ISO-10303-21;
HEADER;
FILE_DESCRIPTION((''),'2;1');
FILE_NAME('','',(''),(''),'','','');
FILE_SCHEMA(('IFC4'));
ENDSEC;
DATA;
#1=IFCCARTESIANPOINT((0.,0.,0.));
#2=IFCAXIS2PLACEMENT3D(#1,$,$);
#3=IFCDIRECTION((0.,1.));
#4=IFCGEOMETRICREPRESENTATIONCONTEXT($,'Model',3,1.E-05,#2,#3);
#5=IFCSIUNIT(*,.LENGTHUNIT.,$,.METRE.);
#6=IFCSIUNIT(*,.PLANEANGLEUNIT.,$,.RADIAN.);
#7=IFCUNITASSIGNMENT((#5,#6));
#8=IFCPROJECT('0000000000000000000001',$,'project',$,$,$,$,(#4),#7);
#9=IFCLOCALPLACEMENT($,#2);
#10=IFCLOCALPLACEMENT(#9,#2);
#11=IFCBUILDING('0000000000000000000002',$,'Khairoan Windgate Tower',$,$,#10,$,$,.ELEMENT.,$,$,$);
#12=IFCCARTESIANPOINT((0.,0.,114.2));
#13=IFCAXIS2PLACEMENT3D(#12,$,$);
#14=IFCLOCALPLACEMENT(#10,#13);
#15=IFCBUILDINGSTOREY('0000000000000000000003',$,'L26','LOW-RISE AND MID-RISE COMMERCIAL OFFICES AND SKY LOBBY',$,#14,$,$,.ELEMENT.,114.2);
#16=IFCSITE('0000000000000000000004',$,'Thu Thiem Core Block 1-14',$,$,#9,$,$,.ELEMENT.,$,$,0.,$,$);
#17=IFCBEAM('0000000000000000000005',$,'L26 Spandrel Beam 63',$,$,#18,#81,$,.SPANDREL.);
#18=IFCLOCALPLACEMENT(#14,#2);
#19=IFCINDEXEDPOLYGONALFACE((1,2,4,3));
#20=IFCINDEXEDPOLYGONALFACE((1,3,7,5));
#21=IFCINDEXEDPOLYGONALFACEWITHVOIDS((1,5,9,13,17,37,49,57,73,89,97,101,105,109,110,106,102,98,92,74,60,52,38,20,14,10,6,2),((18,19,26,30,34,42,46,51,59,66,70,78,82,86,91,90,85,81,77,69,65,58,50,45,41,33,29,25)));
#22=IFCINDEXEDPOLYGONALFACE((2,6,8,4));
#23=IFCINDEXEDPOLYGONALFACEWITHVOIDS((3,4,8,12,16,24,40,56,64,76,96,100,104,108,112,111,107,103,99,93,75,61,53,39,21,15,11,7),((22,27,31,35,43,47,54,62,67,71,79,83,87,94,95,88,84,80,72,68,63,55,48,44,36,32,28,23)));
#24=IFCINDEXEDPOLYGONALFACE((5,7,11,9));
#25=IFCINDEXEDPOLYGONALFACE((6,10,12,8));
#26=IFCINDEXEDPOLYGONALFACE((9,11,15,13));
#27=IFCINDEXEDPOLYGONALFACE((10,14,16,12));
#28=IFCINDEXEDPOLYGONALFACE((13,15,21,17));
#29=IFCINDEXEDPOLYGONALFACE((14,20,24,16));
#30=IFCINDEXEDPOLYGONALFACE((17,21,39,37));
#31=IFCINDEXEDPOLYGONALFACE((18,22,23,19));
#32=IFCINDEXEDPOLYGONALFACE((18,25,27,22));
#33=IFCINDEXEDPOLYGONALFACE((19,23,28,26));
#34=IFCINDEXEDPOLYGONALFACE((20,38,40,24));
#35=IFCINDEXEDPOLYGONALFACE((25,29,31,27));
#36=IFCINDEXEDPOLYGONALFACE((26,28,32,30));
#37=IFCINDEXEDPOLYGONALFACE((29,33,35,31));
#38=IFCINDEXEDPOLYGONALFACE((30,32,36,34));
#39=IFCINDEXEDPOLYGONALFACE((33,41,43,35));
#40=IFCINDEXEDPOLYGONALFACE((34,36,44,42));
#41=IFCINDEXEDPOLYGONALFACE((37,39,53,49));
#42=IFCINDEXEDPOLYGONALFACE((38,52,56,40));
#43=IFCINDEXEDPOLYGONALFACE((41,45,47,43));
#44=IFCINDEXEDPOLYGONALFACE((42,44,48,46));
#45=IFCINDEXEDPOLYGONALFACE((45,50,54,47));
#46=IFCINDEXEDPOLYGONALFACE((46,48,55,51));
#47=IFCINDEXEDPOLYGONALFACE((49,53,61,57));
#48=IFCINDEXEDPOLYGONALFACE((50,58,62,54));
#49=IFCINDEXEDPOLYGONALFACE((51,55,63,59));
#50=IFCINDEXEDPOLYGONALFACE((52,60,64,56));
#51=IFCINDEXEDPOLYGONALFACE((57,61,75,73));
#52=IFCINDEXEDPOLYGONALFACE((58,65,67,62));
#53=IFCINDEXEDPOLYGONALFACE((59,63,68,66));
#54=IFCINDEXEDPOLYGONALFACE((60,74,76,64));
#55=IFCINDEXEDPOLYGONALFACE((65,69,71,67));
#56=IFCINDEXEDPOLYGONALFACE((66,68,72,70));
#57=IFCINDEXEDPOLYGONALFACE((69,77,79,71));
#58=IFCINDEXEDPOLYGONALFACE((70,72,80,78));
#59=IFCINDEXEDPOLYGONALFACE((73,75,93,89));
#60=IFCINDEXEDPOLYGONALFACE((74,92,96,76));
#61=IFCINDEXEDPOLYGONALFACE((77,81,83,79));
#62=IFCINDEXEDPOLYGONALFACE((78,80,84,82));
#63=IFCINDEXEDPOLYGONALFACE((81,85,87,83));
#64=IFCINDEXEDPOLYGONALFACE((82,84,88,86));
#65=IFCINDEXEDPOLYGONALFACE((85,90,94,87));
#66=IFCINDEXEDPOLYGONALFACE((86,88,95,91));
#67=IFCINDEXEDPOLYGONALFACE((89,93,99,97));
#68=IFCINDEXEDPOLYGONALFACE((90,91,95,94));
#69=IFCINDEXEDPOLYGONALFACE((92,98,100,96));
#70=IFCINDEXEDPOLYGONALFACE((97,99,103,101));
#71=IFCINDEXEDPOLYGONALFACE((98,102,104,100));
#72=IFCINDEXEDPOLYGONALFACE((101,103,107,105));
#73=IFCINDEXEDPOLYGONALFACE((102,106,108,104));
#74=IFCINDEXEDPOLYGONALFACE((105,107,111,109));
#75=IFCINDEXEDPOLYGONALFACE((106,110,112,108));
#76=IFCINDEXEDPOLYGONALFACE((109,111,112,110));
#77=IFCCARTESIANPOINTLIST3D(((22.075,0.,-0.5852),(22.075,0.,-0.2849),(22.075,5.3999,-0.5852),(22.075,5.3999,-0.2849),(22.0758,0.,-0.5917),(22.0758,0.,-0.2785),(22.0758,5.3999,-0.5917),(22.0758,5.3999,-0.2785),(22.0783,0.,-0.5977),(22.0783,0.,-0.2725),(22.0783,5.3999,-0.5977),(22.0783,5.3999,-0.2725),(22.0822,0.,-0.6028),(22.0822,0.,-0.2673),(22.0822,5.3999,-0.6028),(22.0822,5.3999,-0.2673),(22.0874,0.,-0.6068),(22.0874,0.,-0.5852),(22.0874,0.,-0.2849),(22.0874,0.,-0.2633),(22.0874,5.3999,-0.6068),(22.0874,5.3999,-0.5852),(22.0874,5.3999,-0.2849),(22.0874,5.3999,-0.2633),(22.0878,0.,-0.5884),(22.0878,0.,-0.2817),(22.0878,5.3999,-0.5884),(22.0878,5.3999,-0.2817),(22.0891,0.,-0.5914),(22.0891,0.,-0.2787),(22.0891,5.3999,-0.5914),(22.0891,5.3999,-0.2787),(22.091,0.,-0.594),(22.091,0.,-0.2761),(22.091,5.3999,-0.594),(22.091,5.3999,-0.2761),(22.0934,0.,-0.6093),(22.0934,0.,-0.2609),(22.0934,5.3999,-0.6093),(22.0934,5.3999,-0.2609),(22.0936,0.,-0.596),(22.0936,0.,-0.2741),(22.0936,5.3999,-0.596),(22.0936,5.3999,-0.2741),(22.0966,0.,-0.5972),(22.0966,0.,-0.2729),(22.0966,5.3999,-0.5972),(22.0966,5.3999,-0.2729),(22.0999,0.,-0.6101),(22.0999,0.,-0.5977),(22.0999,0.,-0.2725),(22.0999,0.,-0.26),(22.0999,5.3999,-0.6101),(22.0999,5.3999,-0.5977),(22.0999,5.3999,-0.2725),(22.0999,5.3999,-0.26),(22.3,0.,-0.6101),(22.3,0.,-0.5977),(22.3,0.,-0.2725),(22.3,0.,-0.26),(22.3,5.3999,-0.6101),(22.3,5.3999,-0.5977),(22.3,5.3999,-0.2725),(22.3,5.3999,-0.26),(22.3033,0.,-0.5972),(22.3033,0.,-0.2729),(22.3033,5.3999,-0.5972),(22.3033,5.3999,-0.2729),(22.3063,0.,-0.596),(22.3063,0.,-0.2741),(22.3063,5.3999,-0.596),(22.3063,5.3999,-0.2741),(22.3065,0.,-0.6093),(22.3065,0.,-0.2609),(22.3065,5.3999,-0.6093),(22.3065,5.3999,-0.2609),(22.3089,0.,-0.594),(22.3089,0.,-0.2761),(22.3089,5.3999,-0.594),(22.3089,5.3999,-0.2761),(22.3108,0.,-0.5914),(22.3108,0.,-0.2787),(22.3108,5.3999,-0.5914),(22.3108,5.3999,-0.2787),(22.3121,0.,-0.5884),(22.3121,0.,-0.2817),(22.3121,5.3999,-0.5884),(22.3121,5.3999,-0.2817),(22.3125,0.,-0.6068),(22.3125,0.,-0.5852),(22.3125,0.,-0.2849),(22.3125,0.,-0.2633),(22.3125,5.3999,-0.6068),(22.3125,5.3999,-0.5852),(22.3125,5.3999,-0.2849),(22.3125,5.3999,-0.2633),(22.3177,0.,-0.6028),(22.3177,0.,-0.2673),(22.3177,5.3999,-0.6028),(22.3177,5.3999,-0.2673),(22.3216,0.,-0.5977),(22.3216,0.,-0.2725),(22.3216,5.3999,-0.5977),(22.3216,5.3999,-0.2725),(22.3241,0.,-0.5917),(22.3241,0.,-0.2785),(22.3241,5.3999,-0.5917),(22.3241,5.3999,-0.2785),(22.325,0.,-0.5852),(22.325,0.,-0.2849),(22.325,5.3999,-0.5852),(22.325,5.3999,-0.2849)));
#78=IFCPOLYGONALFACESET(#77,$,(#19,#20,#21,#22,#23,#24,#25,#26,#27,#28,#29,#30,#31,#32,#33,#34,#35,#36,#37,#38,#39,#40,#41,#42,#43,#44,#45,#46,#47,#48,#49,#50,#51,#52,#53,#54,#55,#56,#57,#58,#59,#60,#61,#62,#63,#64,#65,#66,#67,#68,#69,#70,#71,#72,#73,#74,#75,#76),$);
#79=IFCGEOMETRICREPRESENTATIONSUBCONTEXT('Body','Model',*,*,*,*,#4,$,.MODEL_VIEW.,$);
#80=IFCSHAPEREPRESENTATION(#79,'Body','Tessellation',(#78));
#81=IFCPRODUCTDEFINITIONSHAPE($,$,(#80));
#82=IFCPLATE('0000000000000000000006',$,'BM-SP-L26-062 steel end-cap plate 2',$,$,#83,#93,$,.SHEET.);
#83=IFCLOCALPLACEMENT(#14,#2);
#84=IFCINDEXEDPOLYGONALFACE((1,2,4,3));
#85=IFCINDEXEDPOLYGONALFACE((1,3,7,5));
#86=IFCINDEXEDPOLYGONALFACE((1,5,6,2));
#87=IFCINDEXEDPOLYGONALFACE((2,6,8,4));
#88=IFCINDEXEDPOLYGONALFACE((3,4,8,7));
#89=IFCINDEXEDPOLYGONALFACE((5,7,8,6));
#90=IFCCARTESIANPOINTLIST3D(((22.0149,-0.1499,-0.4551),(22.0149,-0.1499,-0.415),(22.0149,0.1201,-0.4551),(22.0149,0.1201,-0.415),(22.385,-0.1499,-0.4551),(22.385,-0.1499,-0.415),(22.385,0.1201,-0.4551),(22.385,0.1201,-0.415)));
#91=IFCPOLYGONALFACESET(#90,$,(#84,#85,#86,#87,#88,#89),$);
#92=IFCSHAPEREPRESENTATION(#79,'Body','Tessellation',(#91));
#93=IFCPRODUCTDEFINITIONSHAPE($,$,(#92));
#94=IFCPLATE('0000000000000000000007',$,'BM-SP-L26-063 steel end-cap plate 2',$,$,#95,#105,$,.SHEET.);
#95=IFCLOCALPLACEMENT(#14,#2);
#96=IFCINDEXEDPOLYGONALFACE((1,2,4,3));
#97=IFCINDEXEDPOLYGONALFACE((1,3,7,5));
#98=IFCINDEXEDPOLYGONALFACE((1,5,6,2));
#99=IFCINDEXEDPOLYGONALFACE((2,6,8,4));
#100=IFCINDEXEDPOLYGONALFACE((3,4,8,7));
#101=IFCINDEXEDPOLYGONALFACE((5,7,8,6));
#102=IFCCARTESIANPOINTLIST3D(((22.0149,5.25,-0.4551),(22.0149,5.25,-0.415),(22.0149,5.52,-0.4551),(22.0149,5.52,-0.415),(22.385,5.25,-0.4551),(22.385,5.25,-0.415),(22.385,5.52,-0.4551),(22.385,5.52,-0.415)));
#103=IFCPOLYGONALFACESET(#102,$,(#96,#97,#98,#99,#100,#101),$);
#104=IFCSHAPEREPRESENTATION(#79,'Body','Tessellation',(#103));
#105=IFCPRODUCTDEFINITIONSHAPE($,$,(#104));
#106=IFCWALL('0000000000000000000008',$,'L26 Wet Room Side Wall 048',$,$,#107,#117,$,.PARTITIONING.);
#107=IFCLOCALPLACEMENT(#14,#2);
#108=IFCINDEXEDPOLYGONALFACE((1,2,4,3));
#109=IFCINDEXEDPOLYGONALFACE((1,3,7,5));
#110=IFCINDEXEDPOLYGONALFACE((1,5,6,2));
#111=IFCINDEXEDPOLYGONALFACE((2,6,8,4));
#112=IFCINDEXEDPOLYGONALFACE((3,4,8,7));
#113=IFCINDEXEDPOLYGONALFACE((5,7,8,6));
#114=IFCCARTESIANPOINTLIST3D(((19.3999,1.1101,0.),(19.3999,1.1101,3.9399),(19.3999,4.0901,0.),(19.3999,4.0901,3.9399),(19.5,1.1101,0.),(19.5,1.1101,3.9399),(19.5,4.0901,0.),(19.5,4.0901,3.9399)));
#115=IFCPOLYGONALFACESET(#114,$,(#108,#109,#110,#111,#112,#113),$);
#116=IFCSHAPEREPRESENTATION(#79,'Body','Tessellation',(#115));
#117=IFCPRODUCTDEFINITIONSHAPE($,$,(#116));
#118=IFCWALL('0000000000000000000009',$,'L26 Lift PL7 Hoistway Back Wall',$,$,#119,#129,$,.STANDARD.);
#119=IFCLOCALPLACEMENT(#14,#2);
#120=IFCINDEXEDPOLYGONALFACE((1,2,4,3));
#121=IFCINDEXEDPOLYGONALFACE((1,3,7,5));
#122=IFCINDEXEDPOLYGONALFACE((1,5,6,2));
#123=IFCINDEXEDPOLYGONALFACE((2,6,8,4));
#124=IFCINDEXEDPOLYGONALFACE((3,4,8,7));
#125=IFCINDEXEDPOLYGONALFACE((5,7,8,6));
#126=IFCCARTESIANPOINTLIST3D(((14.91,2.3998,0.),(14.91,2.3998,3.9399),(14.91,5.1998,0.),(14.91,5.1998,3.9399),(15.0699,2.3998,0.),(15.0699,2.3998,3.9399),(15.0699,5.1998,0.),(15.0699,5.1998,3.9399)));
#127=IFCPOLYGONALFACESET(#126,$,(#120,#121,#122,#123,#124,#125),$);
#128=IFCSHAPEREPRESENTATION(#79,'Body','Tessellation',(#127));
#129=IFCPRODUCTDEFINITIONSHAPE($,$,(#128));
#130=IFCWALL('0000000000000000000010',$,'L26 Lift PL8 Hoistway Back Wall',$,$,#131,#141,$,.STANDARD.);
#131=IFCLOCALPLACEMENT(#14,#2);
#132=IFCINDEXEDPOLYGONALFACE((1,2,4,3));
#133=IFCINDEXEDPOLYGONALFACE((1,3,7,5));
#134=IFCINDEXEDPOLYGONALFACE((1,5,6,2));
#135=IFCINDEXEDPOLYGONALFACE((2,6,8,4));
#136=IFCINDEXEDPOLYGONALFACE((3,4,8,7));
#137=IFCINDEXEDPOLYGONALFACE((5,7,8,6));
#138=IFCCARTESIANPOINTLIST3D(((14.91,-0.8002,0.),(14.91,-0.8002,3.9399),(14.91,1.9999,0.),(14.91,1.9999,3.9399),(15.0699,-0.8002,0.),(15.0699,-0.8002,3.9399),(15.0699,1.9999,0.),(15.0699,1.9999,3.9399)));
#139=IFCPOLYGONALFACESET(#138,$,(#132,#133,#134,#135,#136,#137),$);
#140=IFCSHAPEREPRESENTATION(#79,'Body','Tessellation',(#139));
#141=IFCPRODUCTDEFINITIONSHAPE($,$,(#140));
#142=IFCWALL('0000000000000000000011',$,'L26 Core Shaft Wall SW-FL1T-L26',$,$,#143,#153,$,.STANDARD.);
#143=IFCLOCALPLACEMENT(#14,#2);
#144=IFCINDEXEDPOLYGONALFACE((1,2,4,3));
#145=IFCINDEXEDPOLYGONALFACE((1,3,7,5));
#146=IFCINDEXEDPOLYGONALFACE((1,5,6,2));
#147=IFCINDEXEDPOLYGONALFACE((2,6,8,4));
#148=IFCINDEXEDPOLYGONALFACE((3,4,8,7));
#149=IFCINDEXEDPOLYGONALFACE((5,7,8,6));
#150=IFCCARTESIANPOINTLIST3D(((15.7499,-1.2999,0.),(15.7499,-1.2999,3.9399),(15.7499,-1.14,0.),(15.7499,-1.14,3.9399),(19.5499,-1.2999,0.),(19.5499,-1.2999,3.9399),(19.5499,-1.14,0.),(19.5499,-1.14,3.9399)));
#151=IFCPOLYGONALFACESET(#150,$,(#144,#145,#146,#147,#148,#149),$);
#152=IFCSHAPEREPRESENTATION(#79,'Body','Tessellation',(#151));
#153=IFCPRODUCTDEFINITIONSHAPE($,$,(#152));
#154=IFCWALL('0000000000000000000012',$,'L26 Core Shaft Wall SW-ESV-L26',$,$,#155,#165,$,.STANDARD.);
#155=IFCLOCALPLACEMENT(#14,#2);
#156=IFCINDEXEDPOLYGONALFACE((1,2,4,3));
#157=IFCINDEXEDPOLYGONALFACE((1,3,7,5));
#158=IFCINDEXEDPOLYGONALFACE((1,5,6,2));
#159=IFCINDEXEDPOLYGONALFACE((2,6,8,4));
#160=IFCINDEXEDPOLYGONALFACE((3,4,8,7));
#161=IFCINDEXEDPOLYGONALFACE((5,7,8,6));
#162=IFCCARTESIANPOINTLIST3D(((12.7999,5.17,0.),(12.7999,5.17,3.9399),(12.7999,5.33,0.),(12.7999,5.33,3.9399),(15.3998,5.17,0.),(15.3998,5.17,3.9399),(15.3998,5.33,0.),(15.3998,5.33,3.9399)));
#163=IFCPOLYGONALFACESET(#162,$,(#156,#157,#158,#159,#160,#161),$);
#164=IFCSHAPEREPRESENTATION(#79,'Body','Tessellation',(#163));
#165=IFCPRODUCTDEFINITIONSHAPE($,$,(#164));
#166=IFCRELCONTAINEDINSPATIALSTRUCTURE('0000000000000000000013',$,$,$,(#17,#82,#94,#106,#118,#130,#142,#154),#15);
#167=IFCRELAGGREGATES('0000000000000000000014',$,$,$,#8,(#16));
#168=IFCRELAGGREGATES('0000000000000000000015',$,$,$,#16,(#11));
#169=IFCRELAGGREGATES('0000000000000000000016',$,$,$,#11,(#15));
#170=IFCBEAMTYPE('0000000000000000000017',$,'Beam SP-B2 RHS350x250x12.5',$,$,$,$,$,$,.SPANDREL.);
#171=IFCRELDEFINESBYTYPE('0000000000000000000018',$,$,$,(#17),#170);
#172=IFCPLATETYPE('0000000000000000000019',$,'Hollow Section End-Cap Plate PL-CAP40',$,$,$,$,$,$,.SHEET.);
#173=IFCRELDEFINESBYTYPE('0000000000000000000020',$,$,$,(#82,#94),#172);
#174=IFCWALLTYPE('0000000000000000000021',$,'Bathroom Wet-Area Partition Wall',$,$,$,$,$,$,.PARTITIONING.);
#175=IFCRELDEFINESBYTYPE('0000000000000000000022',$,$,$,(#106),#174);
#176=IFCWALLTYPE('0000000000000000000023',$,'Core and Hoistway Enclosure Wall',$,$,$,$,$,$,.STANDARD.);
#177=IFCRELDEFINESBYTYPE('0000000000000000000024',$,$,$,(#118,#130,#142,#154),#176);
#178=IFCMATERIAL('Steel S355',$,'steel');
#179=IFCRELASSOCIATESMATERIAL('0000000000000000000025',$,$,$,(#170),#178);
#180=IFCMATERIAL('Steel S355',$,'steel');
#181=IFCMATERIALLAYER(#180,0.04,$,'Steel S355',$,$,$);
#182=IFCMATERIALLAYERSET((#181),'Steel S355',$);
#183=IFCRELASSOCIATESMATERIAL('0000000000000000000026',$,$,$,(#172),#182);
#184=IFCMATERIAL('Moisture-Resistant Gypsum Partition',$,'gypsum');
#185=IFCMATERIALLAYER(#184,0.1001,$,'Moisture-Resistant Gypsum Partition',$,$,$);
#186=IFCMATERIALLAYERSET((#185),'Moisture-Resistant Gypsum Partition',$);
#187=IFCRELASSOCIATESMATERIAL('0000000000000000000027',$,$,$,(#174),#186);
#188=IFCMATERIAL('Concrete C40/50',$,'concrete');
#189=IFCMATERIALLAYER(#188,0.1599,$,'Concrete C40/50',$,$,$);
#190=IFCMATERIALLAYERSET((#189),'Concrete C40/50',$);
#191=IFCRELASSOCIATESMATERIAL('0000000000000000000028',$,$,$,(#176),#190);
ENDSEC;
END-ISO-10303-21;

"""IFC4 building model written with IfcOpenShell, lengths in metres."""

from ifc_helpers import new_model, si_unit, direction, frame, frame_2d, origin, origin_2d, place, context, subcontext, project, spatial, rectangle, hollow_rectangle, extrude, material, layer, layer_set, material_profile, profile_set, type_object, element, save


model = new_model("IFC4")

# Units and contexts
model_context = context("Model", 3, precision=1e-05, world=origin(), true_north=direction((0.0, 1.0)))
body_context = subcontext(model_context, "Body", "Model", "MODEL_VIEW")
ifc_project = project(units=[si_unit("LENGTHUNIT", "METRE"), si_unit("PLANEANGLEUNIT", "RADIAN")], contexts=[model_context])

# Site, building, storey
site_placement = place(None, origin())
site = spatial("IfcSite", under=ifc_project, at=site_placement, Name="Thu Thiem Core Block 1-14", CompositionType="ELEMENT", RefElevation=0.0)
building_placement = place(site_placement, origin())
building = spatial("IfcBuilding", under=site, at=building_placement, Name="Khairoan Windgate Tower", CompositionType="ELEMENT")
storey_placement = place(building_placement, frame((0.0, 0.0, 114.2)))
storey = spatial("IfcBuildingStorey", under=building, at=storey_placement, Name="L26", Description="LOW-RISE AND MID-RISE COMMERCIAL OFFICES AND SKY LOBBY", CompositionType="ELEMENT", Elevation=114.2)

# Beam
ifc_material_1 = material(Name="Steel S355", Category="steel")
ifc_material_profile_1 = material_profile(ifc_material_1, hollow_rectangle(XDim=0.25, YDim=0.3501, WallThickness=0.0125, InnerFilletRadius=0.0125, OuterFilletRadius=0.0249, at=origin_2d()))
ifc_profile_set_1 = profile_set([ifc_material_profile_1], Name="Steel S355")
beam_type_1 = type_object("IfcBeamType", Name="Beam SP-B2 RHS350x250x12.5", PredefinedType="SPANDREL", material=ifc_profile_set_1)
beam_1_placement = place(storey_placement, frame((22.2, 0.0, -0.4351), z_axis=(0.0, 1.0, 0.0), x_axis=(-1.0, 0.0, 0.0)))
element("IfcBeam", 1, at=beam_1_placement, inside=storey, type_object=beam_type_1, Name="L26 Spandrel Beam 63", PredefinedType="SPANDREL", context=body_context, shape_type="SweptSolid", body=[
    extrude(hollow_rectangle(XDim=0.25, YDim=0.3501, WallThickness=0.0125, InnerFilletRadius=0.0125, OuterFilletRadius=0.0249, at=origin_2d()), origin(), (0.0, 0.0, 1.0), 5.3999),
])

# Plates
ifc_material_2 = material(Name="Steel S355", Category="steel")
ifc_layer_1 = layer(ifc_material_2, 0.04, Name="Steel S355")
ifc_layer_set_1 = layer_set([ifc_layer_1], Name="Steel S355")
plate_type = type_object("IfcPlateType", Name="Hollow Section End-Cap Plate PL-CAP40", PredefinedType="SHEET", material=ifc_layer_set_1)
for number, where, z_axis, x_axis, name in (
    (2, (22.2, -0.0149, -0.4551), (0.0, 0.0, 1.0), (0.0, 1.0, 0.0), "BM-SP-L26-062 steel end-cap plate 2"),
    (3, (22.2, 5.385, -0.4551), (0.0, 0.0, 1.0), (0.0, 1.0, 0.0), "BM-SP-L26-063 steel end-cap plate 2"),
):
    element("IfcPlate", number, at=place(storey_placement, frame(where, z_axis=z_axis, x_axis=x_axis)), inside=storey, type_object=plate_type, Name=name, PredefinedType="SHEET", context=body_context, shape_type="SweptSolid", body=[
        extrude(rectangle(XDim=0.27, YDim=0.3701, at=origin_2d()), origin(), (0.0, 0.0, 1.0), 0.04),
    ])

# Walls
ifc_material_3 = material(Name="Moisture-Resistant Gypsum Partition", Category="gypsum")
ifc_layer_2 = layer(ifc_material_3, 0.1001, Name="Moisture-Resistant Gypsum Partition")
ifc_layer_set_2 = layer_set([ifc_layer_2], Name="Moisture-Resistant Gypsum Partition")
wall_type_1 = type_object("IfcWallType", Name="Bathroom Wet-Area Partition Wall", PredefinedType="PARTITIONING", material=ifc_layer_set_2)
wall_1_placement = place(storey_placement, frame((19.45, 4.0901, 0.0), z_axis=(0.0, 0.0, 1.0), x_axis=(0.0, -1.0, 0.0)))
element("IfcWall", 4, at=wall_1_placement, inside=storey, type_object=wall_type_1, Name="L26 Wet Room Side Wall 048", PredefinedType="PARTITIONING", context=body_context, shape_type="SweptSolid", body=[
    extrude(rectangle(XDim=2.98, YDim=0.1001, at=frame_2d((1.49, 0.0))), origin(), (0.0, 0.0, 1.0), 3.9399),
])
ifc_material_4 = material(Name="Concrete C40/50", Category="concrete")
ifc_layer_3 = layer(ifc_material_4, 0.1599, Name="Concrete C40/50")
ifc_layer_set_3 = layer_set([ifc_layer_3], Name="Concrete C40/50")
wall_type_2 = type_object("IfcWallType", Name="Core and Hoistway Enclosure Wall", PredefinedType="STANDARD", material=ifc_layer_set_3)
for number, where, z_axis, x_axis, name in (
    (5, (14.99, 2.3999, 0.0), (0.0, 0.0, 1.0), (0.0, 1.0, 0.0), "L26 Lift PL7 Hoistway Back Wall"),
    (6, (14.99, -0.8, 0.0), (0.0, 0.0, 1.0), (0.0, 1.0, 0.0), "L26 Lift PL8 Hoistway Back Wall"),
):
    element("IfcWall", number, at=place(storey_placement, frame(where, z_axis=z_axis, x_axis=x_axis)), inside=storey, type_object=wall_type_2, Name=name, PredefinedType="STANDARD", context=body_context, shape_type="SweptSolid", body=[
        extrude(rectangle(XDim=2.8, YDim=0.1599, at=frame_2d((1.3999, 0.0))), origin(), (0.0, 0.0, 1.0), 3.9399),
    ])
wall_2_placement = place(storey_placement, frame((15.75, -1.22, 0.0), z_axis=(0.0, 0.0, 1.0), x_axis=(1.0, 0.0, 0.0)))
element("IfcWall", 7, at=wall_2_placement, inside=storey, type_object=wall_type_2, Name="L26 Core Shaft Wall SW-FL1T-L26", PredefinedType="STANDARD", context=body_context, shape_type="SweptSolid", body=[
    extrude(rectangle(XDim=3.8, YDim=0.1599, at=frame_2d((1.8999, 0.0))), origin(), (0.0, 0.0, 1.0), 3.9399),
])
wall_3_placement = place(storey_placement, frame((12.8, 5.25, 0.0), z_axis=(0.0, 0.0, 1.0), x_axis=(1.0, 0.0, 0.0)))
element("IfcWall", 8, at=wall_3_placement, inside=storey, type_object=wall_type_2, Name="L26 Core Shaft Wall SW-ESV-L26", PredefinedType="STANDARD", context=body_context, shape_type="SweptSolid", body=[
    extrude(rectangle(XDim=2.5999, YDim=0.1599, at=frame_2d((1.2998, 0.0))), origin(), (0.0, 0.0, 1.0), 3.9399),
])

save(model, "model.ifc")
